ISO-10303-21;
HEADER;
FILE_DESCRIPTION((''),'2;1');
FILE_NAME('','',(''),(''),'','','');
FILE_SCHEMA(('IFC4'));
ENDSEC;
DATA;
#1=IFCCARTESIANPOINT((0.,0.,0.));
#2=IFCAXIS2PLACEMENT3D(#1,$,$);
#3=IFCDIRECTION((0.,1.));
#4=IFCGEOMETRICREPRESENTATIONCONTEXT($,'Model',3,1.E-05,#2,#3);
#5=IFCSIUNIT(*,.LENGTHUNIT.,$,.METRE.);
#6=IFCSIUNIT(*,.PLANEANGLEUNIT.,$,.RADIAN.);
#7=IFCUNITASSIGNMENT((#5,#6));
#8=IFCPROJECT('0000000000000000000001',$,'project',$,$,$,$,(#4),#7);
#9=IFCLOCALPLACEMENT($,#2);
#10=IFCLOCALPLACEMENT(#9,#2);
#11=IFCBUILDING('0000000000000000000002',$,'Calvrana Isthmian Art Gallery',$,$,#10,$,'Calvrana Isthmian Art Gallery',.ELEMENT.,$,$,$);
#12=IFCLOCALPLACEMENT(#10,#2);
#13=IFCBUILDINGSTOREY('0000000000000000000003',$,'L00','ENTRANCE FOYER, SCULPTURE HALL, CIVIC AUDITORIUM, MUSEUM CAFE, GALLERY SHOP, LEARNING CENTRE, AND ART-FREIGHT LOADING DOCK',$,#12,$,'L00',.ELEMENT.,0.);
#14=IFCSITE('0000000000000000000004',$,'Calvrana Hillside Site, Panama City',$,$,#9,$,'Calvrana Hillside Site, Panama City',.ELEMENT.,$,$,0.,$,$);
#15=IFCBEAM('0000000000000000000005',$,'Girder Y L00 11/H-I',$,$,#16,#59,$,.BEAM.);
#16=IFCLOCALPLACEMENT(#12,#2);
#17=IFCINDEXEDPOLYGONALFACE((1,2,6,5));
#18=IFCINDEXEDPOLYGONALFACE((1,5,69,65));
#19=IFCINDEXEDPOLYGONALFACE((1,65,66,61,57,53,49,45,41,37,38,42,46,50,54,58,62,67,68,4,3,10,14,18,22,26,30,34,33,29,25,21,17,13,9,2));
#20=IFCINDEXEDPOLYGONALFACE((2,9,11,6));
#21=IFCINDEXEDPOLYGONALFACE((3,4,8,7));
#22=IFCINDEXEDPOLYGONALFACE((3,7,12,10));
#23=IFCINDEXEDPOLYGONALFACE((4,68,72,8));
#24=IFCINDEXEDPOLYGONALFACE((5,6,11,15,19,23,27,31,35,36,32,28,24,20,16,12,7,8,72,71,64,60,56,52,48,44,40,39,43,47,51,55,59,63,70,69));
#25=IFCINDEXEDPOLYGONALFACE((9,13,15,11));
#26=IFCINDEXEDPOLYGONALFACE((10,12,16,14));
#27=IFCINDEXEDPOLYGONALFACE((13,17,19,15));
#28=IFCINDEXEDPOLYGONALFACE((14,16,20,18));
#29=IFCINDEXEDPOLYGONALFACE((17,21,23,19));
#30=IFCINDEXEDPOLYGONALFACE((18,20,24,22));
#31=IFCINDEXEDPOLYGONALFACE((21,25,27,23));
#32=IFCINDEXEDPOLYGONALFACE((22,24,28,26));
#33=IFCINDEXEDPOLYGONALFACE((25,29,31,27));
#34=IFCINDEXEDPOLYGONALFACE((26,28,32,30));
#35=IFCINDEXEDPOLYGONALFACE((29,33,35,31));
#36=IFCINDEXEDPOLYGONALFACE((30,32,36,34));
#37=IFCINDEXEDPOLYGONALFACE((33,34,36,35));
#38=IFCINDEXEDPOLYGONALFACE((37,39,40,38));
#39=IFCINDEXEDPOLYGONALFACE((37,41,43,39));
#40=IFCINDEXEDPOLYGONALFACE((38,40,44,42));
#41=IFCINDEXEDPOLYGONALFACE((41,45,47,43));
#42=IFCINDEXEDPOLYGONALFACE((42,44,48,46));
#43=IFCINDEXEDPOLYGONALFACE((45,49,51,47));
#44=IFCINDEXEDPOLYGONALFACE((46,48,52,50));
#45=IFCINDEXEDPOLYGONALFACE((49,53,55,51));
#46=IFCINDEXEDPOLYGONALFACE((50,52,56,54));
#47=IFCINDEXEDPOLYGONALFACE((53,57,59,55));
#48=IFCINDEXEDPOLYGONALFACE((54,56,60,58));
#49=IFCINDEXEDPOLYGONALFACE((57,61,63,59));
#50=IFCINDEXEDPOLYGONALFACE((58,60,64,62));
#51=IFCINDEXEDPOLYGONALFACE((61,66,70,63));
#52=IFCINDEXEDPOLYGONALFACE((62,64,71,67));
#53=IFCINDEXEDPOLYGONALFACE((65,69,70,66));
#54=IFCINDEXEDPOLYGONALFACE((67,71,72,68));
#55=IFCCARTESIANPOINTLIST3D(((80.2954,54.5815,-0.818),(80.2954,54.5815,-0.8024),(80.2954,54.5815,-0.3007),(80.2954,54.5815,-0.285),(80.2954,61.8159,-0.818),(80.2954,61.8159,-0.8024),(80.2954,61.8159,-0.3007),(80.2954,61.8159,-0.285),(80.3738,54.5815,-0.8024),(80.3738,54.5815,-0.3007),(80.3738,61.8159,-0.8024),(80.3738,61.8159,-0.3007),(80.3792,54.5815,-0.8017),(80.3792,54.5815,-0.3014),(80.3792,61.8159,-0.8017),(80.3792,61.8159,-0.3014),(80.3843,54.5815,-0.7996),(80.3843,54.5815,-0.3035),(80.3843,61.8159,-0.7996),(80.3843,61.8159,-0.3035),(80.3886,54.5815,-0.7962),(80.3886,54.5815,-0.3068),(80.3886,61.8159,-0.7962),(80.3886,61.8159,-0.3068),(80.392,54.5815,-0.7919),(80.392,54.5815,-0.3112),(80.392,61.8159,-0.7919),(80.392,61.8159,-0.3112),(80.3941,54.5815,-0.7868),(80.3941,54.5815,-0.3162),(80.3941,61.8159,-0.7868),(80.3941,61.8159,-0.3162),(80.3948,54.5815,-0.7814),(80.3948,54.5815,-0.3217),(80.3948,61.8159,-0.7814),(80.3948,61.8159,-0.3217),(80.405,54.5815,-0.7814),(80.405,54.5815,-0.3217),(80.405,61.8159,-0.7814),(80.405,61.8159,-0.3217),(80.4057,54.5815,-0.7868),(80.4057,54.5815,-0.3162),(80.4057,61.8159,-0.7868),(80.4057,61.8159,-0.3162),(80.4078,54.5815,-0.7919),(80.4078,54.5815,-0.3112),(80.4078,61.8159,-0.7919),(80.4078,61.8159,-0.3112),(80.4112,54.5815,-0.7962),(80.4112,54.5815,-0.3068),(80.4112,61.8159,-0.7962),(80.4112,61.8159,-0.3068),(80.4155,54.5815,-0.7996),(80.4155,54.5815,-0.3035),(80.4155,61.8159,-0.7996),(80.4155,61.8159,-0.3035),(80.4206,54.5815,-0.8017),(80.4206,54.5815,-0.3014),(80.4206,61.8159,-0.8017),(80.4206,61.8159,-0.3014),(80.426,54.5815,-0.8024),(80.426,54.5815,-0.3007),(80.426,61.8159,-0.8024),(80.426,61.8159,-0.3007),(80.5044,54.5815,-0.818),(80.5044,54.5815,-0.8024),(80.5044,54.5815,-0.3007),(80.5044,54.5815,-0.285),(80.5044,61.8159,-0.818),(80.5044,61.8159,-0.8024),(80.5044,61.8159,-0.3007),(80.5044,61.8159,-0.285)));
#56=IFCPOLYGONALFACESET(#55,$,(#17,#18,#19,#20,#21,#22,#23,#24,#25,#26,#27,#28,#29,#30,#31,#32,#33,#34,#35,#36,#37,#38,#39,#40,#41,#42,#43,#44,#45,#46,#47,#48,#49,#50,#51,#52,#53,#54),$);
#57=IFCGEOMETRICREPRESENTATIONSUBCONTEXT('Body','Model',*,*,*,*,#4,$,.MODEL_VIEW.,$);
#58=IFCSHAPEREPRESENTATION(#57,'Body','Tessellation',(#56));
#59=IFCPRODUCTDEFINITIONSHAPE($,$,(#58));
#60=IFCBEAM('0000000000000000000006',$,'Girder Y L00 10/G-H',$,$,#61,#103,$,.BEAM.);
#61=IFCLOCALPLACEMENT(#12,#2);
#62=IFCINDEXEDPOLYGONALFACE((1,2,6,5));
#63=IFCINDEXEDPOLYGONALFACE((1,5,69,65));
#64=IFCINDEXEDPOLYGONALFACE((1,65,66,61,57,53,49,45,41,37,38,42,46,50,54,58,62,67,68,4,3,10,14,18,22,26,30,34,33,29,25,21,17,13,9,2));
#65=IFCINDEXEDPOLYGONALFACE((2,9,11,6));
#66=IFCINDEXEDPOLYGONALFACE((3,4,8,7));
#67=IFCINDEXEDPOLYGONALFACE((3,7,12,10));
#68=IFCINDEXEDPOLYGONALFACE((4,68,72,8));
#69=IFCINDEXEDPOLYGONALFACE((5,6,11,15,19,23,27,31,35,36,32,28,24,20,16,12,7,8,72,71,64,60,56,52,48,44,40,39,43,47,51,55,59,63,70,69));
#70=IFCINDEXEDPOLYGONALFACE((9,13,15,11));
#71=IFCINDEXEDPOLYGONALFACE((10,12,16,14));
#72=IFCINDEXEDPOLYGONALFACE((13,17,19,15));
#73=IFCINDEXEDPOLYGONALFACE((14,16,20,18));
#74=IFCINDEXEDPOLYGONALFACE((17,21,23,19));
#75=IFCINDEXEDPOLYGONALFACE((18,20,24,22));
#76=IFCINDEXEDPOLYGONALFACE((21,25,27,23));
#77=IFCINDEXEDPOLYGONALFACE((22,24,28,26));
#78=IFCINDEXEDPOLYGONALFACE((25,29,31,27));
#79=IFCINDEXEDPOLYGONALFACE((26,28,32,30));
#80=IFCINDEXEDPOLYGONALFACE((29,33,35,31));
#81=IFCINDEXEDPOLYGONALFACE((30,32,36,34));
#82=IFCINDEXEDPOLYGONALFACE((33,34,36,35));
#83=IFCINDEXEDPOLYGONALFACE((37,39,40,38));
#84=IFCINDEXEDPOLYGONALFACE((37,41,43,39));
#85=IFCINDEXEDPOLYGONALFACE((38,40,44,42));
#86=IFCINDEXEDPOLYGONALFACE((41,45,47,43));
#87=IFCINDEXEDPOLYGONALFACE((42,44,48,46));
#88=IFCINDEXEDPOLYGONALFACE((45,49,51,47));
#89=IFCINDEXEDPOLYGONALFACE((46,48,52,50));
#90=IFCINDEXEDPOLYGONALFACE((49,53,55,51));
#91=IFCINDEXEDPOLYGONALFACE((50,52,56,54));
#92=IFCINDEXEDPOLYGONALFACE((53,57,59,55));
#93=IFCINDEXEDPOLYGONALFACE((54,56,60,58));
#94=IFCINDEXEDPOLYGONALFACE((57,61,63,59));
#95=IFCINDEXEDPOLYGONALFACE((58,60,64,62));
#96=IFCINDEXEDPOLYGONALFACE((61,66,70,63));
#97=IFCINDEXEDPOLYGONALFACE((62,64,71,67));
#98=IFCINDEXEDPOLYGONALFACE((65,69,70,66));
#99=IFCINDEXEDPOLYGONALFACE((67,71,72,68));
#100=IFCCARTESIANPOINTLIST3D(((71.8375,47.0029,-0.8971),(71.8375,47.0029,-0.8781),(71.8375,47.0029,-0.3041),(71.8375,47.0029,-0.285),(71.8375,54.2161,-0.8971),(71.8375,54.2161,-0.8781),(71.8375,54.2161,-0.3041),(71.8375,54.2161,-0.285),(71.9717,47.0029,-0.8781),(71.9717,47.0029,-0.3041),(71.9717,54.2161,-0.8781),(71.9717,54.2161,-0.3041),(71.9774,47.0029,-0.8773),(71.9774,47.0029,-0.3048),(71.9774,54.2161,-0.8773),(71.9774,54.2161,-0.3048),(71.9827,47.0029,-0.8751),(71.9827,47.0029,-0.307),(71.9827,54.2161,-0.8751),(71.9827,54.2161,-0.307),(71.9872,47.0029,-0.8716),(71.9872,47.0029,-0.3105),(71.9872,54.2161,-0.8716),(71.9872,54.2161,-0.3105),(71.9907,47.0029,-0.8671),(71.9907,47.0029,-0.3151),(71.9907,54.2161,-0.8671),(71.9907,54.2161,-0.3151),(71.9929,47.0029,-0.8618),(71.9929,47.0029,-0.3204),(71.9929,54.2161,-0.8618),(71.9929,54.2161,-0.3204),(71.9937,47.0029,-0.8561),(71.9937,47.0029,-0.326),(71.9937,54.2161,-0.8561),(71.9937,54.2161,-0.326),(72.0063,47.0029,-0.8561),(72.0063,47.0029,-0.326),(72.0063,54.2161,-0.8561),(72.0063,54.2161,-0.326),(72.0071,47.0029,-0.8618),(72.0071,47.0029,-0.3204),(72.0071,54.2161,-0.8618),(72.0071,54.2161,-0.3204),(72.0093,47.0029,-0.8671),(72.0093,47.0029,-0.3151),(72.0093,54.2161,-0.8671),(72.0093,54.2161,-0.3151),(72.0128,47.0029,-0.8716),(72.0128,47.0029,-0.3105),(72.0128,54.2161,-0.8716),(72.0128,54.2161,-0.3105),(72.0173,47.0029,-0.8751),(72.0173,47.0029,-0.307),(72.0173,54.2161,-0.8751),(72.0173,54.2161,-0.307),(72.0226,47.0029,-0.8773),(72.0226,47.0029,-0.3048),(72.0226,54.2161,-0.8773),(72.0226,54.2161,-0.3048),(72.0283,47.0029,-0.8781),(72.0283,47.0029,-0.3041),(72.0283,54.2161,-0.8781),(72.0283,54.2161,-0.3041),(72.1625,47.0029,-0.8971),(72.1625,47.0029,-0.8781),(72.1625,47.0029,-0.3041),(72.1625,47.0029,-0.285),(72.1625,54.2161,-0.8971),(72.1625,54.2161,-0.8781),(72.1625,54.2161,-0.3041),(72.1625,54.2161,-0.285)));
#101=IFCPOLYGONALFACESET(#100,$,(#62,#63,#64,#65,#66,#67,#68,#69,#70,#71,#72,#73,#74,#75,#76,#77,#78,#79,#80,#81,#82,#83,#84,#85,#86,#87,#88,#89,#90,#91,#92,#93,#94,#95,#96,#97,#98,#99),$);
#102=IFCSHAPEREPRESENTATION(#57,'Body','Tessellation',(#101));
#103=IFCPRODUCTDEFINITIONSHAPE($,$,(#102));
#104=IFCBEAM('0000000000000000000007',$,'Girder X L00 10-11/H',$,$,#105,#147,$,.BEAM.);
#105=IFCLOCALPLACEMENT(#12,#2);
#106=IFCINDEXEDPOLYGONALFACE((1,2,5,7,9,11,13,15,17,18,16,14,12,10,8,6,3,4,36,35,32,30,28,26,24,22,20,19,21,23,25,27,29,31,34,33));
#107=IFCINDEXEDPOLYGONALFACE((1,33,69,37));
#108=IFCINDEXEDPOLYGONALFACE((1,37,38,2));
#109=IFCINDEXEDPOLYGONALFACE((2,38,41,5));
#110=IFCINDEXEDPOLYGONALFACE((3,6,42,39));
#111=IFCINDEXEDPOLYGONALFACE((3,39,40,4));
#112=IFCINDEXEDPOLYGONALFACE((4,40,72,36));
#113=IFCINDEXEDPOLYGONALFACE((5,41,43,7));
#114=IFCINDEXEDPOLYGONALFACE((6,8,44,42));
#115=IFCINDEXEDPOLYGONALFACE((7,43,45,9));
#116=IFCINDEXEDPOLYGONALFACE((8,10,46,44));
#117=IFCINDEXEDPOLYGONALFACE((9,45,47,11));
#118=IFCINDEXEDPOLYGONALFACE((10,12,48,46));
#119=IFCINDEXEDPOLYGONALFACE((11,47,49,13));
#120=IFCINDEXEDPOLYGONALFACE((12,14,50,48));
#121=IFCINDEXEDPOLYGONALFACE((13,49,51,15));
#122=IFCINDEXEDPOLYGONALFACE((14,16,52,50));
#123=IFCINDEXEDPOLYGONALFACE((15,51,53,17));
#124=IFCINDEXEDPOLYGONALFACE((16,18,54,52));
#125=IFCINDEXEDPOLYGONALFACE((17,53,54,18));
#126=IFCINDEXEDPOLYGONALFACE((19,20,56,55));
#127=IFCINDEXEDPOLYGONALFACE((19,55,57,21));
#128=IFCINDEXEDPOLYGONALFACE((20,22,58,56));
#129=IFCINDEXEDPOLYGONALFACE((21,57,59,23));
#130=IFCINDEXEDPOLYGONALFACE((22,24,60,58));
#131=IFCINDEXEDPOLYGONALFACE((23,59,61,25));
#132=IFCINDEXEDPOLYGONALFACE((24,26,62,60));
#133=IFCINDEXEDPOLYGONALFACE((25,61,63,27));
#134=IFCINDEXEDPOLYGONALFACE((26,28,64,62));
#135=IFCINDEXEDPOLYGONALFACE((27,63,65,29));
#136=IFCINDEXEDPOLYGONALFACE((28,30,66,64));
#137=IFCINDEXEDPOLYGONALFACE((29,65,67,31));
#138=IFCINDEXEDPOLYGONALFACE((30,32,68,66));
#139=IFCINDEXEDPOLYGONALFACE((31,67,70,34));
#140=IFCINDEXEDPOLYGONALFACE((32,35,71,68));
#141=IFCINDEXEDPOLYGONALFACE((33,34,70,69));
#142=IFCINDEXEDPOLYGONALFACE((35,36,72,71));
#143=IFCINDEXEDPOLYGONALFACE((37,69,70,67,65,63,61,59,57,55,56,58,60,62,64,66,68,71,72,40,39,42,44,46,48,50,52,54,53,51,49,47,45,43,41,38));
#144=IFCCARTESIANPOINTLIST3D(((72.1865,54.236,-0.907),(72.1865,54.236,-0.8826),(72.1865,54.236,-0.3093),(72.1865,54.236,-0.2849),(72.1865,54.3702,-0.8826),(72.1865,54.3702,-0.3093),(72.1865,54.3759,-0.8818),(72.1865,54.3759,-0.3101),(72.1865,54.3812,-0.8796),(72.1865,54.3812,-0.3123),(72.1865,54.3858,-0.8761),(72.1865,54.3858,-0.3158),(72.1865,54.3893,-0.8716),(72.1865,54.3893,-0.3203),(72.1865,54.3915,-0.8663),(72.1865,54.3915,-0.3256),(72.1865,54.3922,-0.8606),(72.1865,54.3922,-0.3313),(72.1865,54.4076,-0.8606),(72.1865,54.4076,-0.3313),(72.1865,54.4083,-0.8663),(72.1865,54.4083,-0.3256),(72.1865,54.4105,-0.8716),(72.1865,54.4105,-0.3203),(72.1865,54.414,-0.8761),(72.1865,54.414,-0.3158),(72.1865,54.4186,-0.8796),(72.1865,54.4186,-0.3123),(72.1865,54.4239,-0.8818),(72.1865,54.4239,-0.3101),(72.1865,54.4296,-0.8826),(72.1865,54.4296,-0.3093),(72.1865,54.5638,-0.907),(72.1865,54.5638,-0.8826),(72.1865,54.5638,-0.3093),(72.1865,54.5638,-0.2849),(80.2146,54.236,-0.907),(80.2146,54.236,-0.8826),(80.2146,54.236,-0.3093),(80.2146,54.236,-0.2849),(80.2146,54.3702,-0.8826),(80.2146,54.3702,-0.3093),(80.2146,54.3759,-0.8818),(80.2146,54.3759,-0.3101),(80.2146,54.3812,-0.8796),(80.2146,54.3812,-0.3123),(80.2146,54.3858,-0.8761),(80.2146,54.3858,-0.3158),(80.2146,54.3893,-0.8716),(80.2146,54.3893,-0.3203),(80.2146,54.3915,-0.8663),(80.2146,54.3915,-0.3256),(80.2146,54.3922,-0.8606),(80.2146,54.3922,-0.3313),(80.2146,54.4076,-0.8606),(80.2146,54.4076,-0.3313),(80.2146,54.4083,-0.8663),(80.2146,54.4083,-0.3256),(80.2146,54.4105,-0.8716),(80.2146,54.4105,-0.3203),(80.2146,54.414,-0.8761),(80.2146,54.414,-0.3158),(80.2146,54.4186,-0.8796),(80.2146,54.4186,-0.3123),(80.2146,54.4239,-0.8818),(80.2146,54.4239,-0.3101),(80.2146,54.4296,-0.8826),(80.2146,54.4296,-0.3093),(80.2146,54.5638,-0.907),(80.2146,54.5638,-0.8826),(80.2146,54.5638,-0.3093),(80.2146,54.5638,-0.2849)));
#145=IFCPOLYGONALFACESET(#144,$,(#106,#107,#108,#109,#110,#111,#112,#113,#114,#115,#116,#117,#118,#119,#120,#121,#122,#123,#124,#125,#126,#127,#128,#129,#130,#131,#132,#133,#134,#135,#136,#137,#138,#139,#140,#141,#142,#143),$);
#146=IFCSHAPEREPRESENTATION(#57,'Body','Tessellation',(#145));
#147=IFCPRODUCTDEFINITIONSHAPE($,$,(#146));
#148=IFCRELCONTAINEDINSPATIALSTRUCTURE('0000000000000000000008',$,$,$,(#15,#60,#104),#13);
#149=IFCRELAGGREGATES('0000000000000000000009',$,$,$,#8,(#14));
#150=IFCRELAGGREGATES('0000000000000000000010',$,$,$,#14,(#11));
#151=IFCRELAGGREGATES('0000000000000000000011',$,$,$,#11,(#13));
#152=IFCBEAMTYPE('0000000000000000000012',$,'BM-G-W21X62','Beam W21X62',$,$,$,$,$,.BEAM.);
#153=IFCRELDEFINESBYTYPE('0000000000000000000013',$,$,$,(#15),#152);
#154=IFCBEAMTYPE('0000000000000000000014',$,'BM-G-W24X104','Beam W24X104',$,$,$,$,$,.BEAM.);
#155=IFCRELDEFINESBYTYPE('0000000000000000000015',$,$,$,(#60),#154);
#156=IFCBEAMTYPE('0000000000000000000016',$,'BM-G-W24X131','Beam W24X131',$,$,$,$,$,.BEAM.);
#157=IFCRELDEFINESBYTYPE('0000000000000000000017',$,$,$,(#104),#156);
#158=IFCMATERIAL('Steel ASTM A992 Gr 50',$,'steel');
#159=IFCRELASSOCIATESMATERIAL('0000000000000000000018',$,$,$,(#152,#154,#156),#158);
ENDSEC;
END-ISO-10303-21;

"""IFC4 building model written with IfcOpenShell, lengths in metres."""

from ifc_helpers import new_model, si_unit, direction, frame, origin, origin_2d, place, context, subcontext, project, spatial, i_section, extrude, material, material_profile, profile_set, type_object, element, save


model = new_model("IFC4")

# Units and contexts
model_context = context("Model", 3, precision=1e-05, world=origin(), true_north=direction((0.0, 1.0)))
body_context = subcontext(model_context, "Body", "Model", "MODEL_VIEW")
ifc_project = project(units=[si_unit("LENGTHUNIT", "METRE"), si_unit("PLANEANGLEUNIT", "RADIAN")], contexts=[model_context])

# Site, building, storey
site_placement = place(None, origin())
site = spatial("IfcSite", under=ifc_project, at=site_placement, Name="Calvrana Hillside Site, Panama City", LongName="Calvrana Hillside Site, Panama City", CompositionType="ELEMENT", RefElevation=0.0)
building_placement = place(site_placement, origin())
building = spatial("IfcBuilding", under=site, at=building_placement, Name="Calvrana Isthmian Art Gallery", LongName="Calvrana Isthmian Art Gallery", CompositionType="ELEMENT")
storey_placement = place(building_placement, origin())
storey = spatial("IfcBuildingStorey", under=building, at=storey_placement, Name="L00", Description="ENTRANCE FOYER, SCULPTURE HALL, CIVIC AUDITORIUM, MUSEUM CAFE, GALLERY SHOP, LEARNING CENTRE, AND ART-FREIGHT LOADING DOCK", LongName="L00", CompositionType="ELEMENT", Elevation=0.0)

# Shared definitions
ifc_material_1 = material(Name="Steel ASTM A992 Gr 50", Category="steel")

# Beams
ifc_material_profile_1 = material_profile(ifc_material_1, i_section(OverallWidth=0.209, OverallDepth=0.533, WebThickness=0.0103, FlangeThickness=0.0156, FilletRadius=0.021, at=origin_2d()), Name="W21X62")
ifc_profile_set_1 = profile_set([ifc_material_profile_1], Name="Steel ASTM A992 Gr 50")
beam_type_1 = type_object("IfcBeamType", Name="BM-G-W21X62", Description="Beam W21X62", PredefinedType="BEAM", material=ifc_profile_set_1)
beam_1_placement = place(storey_placement, frame((80.3999, 54.5815, -0.5515), z_axis=(0.0, 1.0, 0.0), x_axis=(-1.0, 0.0, 0.0)))
element("IfcBeam", 1, at=beam_1_placement, inside=storey, type_object=beam_type_1, Name="Girder Y L00 11/H-I", PredefinedType="BEAM", context=body_context, shape_type="SweptSolid", body=[
    extrude(i_section(OverallWidth=0.209, OverallDepth=0.533, WebThickness=0.0103, FlangeThickness=0.0156, FilletRadius=0.021, at=origin_2d()), origin(), (0.0, 0.0, 1.0), 7.2344),
])
ifc_material_profile_2 = material_profile(ifc_material_1, i_section(OverallWidth=0.325, OverallDepth=0.6121, WebThickness=0.0127, FlangeThickness=0.019, FilletRadius=0.022, at=origin_2d()), Name="W24X104")
ifc_profile_set_2 = profile_set([ifc_material_profile_2], Name="Steel ASTM A992 Gr 50")
beam_type_2 = type_object("IfcBeamType", Name="BM-G-W24X104", Description="Beam W24X104", PredefinedType="BEAM", material=ifc_profile_set_2)
beam_2_placement = place(storey_placement, frame((72.0, 47.0029, -0.5911), z_axis=(0.0, 1.0, 0.0), x_axis=(-1.0, 0.0, 0.0)))
element("IfcBeam", 2, at=beam_2_placement, inside=storey, type_object=beam_type_2, Name="Girder Y L00 10/G-H", PredefinedType="BEAM", context=body_context, shape_type="SweptSolid", body=[
    extrude(i_section(OverallWidth=0.325, OverallDepth=0.6121, WebThickness=0.0127, FlangeThickness=0.019, FilletRadius=0.022, at=origin_2d()), origin(), (0.0, 0.0, 1.0), 7.2131),
])
ifc_material_profile_3 = material_profile(ifc_material_1, i_section(OverallWidth=0.3279, OverallDepth=0.6221, WebThickness=0.0154, FlangeThickness=0.0244, FilletRadius=0.022, at=origin_2d()), Name="W24X131")
ifc_profile_set_3 = profile_set([ifc_material_profile_3], Name="Steel ASTM A992 Gr 50")
beam_type_3 = type_object("IfcBeamType", Name="BM-G-W24X131", Description="Beam W24X131", PredefinedType="BEAM", material=ifc_profile_set_3)
beam_3_placement = place(storey_placement, frame((72.1865, 54.3999, -0.5959), z_axis=(1.0, 0.0, 0.0), x_axis=(0.0, 1.0, 0.0)))
element("IfcBeam", 3, at=beam_3_placement, inside=storey, type_object=beam_type_3, Name="Girder X L00 10-11/H", PredefinedType="BEAM", context=body_context, shape_type="SweptSolid", body=[
    extrude(i_section(OverallWidth=0.3279, OverallDepth=0.6221, WebThickness=0.0154, FlangeThickness=0.0244, FilletRadius=0.022, at=origin_2d()), origin(), (0.0, 0.0, 1.0), 8.0281),
])

save(model, "model.ifc")
